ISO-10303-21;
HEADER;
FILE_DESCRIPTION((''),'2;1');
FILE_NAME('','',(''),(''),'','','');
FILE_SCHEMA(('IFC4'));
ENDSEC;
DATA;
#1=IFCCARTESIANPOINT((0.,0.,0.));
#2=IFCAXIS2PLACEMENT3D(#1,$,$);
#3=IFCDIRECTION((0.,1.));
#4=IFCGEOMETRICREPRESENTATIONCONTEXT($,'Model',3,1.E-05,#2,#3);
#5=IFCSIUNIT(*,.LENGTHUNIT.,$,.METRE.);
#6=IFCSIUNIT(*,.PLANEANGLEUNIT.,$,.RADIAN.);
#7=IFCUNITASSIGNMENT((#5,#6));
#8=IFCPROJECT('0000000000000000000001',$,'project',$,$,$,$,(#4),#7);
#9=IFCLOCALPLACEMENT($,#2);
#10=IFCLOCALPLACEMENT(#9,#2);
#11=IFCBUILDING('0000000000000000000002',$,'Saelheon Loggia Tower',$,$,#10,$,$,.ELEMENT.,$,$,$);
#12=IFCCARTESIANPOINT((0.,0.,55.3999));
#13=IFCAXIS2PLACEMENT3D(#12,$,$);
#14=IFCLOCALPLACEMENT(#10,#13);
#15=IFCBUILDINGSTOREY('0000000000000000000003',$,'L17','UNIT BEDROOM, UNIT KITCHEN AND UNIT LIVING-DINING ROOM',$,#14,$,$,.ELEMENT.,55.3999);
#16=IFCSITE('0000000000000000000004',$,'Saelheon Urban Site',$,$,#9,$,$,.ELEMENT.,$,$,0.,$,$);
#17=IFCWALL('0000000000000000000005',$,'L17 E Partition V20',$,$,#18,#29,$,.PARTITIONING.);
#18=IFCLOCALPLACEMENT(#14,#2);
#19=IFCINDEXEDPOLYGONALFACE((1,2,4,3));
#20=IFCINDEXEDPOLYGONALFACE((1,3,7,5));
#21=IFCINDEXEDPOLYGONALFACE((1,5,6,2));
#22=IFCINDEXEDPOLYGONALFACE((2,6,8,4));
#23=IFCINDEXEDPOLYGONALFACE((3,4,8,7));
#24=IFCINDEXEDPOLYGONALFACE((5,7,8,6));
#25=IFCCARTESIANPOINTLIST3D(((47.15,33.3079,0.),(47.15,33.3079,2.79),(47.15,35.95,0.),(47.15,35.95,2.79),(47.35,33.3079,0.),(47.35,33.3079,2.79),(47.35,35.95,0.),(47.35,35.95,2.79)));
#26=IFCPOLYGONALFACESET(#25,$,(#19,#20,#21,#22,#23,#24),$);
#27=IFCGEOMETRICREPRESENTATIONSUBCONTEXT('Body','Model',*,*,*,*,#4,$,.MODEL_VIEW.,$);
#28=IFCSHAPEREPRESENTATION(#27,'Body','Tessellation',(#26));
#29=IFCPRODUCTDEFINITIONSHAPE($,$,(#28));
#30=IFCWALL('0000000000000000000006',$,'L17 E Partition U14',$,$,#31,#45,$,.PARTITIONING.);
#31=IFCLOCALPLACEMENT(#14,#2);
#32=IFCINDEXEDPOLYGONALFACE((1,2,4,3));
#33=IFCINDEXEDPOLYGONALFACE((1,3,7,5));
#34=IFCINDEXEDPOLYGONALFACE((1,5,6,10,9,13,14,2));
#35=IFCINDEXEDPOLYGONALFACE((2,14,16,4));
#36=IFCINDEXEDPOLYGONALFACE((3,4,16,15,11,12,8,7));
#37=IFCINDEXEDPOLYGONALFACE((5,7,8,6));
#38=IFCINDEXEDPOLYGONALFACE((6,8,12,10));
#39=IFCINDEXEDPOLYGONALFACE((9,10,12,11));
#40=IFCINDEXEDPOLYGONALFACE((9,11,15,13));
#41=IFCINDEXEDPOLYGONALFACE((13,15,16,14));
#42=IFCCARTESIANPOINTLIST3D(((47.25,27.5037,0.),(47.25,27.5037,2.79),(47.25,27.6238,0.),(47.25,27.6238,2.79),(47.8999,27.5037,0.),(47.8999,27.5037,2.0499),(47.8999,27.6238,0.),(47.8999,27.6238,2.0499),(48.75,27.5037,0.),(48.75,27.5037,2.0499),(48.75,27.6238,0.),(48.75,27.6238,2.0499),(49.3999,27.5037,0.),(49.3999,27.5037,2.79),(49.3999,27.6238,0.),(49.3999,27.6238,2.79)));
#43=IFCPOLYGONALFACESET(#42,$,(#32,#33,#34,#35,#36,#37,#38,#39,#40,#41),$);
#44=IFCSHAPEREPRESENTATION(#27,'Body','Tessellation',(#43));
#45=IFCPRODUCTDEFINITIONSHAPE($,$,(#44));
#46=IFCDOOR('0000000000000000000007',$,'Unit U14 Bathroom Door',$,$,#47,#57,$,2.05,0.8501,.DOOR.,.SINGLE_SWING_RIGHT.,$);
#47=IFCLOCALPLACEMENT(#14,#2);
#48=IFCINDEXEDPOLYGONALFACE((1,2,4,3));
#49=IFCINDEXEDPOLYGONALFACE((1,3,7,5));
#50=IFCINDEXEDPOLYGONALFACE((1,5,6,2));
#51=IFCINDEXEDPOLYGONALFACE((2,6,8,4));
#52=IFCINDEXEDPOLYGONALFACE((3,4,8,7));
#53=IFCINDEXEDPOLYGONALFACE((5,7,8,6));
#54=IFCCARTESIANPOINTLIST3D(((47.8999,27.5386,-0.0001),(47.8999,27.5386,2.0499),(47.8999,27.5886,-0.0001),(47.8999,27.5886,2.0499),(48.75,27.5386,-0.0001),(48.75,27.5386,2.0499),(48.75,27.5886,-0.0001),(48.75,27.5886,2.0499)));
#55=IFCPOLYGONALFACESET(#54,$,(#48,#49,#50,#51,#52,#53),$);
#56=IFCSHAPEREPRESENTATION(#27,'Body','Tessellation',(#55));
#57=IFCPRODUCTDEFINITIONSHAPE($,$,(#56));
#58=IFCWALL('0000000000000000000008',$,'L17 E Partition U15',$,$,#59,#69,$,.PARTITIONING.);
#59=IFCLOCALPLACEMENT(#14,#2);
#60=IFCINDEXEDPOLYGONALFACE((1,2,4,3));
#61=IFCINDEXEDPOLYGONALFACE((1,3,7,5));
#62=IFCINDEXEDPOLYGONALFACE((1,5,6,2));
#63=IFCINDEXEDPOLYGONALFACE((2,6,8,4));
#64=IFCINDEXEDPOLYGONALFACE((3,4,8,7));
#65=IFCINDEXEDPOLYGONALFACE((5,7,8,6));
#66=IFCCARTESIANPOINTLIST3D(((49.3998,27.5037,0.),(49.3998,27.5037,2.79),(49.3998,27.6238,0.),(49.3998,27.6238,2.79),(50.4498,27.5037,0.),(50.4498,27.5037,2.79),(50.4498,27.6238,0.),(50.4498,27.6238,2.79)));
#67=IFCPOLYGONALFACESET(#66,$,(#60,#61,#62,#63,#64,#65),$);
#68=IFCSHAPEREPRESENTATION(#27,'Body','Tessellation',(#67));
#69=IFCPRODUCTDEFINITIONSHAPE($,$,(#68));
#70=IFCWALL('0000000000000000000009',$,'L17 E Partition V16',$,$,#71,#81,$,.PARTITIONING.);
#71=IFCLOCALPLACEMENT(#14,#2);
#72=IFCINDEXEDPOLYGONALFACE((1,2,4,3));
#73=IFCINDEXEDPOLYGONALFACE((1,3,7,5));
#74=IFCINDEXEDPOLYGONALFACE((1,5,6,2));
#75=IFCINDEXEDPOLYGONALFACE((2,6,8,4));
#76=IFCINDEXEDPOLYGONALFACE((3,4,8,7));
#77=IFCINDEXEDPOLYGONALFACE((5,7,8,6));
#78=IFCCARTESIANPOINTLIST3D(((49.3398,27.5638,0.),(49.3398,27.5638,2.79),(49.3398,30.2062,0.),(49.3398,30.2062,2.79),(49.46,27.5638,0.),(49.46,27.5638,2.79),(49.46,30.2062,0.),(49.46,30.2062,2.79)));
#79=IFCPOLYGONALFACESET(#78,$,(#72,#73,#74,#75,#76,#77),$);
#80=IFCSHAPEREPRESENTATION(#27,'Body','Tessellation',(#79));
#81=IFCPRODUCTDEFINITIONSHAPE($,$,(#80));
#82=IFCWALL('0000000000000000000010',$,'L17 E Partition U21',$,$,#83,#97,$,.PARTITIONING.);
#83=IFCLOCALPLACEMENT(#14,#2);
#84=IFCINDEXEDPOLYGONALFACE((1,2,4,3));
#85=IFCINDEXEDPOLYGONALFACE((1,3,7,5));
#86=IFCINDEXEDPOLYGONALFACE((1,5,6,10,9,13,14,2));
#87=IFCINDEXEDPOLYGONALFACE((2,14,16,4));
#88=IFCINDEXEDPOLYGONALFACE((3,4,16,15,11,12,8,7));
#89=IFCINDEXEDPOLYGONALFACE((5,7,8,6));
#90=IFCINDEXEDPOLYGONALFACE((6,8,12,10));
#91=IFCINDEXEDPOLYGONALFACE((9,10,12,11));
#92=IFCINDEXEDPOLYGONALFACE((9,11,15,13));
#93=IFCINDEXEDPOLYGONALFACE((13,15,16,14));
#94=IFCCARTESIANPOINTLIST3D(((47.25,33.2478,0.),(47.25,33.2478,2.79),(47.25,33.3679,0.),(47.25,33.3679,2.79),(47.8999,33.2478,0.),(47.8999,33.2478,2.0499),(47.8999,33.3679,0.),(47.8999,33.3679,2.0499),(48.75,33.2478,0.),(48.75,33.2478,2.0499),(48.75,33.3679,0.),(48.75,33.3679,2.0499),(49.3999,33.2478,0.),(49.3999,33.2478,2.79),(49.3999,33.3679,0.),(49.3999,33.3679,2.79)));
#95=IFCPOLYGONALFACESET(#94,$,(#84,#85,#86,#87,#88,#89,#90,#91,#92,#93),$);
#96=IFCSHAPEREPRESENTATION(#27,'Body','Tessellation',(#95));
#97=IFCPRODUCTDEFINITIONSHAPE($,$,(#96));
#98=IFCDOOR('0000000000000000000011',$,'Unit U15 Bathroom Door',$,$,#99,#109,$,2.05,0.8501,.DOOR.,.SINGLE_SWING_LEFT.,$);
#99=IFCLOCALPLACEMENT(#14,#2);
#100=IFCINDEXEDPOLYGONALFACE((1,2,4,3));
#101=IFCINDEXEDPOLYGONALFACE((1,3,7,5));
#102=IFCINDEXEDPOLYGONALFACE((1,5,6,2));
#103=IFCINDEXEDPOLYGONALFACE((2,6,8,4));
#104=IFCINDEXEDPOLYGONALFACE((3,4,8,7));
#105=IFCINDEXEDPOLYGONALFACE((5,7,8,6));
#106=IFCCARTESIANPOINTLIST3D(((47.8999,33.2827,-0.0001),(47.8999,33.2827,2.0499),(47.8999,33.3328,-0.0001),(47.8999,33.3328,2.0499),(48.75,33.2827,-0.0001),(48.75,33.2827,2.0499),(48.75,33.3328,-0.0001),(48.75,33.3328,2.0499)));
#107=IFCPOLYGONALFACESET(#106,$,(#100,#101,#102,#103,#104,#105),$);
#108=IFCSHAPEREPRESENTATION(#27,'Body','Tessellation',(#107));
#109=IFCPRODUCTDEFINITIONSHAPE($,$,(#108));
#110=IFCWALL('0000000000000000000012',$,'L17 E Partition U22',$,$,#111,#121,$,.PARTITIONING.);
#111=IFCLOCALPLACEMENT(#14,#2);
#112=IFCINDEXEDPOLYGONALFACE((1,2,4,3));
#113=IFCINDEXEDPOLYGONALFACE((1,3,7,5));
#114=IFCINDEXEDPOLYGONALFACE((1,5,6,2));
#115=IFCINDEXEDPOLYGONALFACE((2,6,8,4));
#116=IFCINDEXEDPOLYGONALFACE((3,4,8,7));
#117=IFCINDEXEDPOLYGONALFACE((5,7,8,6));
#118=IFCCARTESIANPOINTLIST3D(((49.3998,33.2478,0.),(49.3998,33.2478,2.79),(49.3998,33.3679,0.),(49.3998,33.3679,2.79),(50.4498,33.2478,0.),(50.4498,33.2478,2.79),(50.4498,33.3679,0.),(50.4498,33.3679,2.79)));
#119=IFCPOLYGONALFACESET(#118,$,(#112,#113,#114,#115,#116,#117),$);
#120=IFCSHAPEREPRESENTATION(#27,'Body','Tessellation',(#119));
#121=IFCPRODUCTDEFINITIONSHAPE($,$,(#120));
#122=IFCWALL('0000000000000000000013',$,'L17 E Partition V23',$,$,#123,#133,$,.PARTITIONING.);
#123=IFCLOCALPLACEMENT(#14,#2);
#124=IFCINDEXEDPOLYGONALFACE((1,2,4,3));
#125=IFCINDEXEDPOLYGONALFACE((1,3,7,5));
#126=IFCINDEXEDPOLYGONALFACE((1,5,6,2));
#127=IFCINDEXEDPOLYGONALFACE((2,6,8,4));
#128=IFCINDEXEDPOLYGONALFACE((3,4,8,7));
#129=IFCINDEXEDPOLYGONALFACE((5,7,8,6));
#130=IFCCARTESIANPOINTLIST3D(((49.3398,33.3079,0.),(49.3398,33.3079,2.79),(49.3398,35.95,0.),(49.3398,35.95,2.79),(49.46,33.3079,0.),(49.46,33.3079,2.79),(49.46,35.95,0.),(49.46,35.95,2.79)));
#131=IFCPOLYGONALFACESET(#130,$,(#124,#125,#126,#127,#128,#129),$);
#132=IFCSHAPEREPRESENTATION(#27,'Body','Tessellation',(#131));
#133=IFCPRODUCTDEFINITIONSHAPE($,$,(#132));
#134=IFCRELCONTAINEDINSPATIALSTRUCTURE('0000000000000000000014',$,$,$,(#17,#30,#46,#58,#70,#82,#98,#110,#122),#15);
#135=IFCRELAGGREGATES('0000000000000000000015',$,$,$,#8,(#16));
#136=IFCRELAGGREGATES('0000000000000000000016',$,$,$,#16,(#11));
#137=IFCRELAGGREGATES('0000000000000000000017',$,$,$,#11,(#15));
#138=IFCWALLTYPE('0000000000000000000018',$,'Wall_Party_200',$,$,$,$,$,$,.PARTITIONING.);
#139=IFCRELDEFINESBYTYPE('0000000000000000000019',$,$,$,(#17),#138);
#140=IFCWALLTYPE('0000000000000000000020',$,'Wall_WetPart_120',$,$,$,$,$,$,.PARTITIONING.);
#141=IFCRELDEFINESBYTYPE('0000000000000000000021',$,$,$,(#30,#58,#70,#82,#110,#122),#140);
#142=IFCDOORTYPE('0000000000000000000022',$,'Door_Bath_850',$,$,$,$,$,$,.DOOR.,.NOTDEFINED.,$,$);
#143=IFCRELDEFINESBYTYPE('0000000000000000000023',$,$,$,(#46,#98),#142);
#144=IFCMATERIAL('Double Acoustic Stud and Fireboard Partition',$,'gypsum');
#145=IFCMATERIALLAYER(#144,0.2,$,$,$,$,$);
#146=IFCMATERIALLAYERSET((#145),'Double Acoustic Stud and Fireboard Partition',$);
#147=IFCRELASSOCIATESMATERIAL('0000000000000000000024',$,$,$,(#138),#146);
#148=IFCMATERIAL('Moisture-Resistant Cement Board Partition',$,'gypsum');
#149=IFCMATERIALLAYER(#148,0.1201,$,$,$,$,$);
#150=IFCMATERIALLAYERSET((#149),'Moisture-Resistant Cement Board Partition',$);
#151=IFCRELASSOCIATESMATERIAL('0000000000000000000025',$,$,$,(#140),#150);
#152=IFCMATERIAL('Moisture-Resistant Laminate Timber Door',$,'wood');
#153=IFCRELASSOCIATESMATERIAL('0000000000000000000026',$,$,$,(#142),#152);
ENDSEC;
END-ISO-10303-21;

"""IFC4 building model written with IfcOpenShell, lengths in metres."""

from ifc_helpers import new_model, si_unit, direction, frame, frame_2d, origin, place, context, subcontext, project, spatial, rectangle, extrude, source, transform, mapped, material, layer, layer_set, type_object, element, fill, save


model = new_model("IFC4")

# Units and contexts
model_context = context("Model", 3, precision=1e-05, world=origin(), true_north=direction((0.0, 1.0)))
body_context = subcontext(model_context, "Body", "Model", "MODEL_VIEW")
ifc_project = project(units=[si_unit("LENGTHUNIT", "METRE"), si_unit("PLANEANGLEUNIT", "RADIAN")], contexts=[model_context])

# Site, building, storey
site_placement = place(None, origin())
site = spatial("IfcSite", under=ifc_project, at=site_placement, Name="Saelheon Urban Site", CompositionType="ELEMENT", RefElevation=0.0)
building_placement = place(site_placement, origin())
building = spatial("IfcBuilding", under=site, at=building_placement, Name="Saelheon Loggia Tower", CompositionType="ELEMENT")
storey_placement = place(building_placement, frame((0.0, 0.0, 55.3999)))
storey = spatial("IfcBuildingStorey", under=building, at=storey_placement, Name="L17", Description="UNIT BEDROOM, UNIT KITCHEN AND UNIT LIVING-DINING ROOM", CompositionType="ELEMENT", Elevation=55.3999)

# Shared definitions
ifc_material_1 = material(Name="Double Acoustic Stud and Fireboard Partition", Category="gypsum")
ifc_layer_1 = layer(ifc_material_1, 0.2)
ifc_layer_set_1 = layer_set([ifc_layer_1], Name="Double Acoustic Stud and Fireboard Partition")
wall_type_1 = type_object("IfcWallType", Name="Wall_Party_200", PredefinedType="PARTITIONING", material=ifc_layer_set_1)

# Wall
wall_1_placement = place(storey_placement, frame((47.25, 33.3079, 0.0), z_axis=(0.0, 0.0, 1.0), x_axis=(0.0, 1.0, 0.0)))
element("IfcWall", 1, at=wall_1_placement, inside=storey, type_object=wall_type_1, Name="L17 E Partition V20", PredefinedType="PARTITIONING", context=body_context, shape_type="SweptSolid", body=[
    extrude(rectangle(XDim=2.6421, YDim=0.2, at=frame_2d((1.321, 0.0))), origin(), (0.0, 0.0, 1.0), 2.79),
])

# Wall, opening, door
ifc_material_2 = material(Name="Moisture-Resistant Cement Board Partition", Category="gypsum")
ifc_layer_2 = layer(ifc_material_2, 0.1201)
ifc_layer_set_2 = layer_set([ifc_layer_2], Name="Moisture-Resistant Cement Board Partition")
wall_type_2 = type_object("IfcWallType", Name="Wall_WetPart_120", PredefinedType="PARTITIONING", material=ifc_layer_set_2)
wall_2_placement = place(storey_placement, frame((47.25, 27.5637, 0.0), z_axis=(0.0, 0.0, 1.0), x_axis=(1.0, 0.0, 0.0)))
wall_2 = element("IfcWall", 2, at=wall_2_placement, inside=storey, type_object=wall_type_2, Name="L17 E Partition U14", PredefinedType="PARTITIONING", context=body_context, shape_type="SweptSolid", body=[
    extrude(rectangle(XDim=2.1499, YDim=0.1201, at=frame_2d((1.075, 0.0))), origin(), (0.0, 0.0, 1.0), 2.79),
])
opening_1_placement = place(wall_2_placement, frame((0.6499, 0.0, 0.0)))
opening_1 = element("IfcOpeningElement", 3, at=opening_1_placement, cuts=wall_2, PredefinedType="OPENING", context=body_context, shape_type="SweptSolid", body=[
    extrude(rectangle(XDim=0.8501, YDim=2.05, at=frame_2d((0.425, 1.0249))), frame((0.0, 0.072, 0.0), z_axis=(0.0, -1.0, 0.0), x_axis=(1.0, 0.0, 0.0)), (0.0, 0.0, 1.0), 0.144),
])
ifc_material_3 = material(Name="Moisture-Resistant Laminate Timber Door", Category="wood")
door_type_1 = type_object("IfcDoorType", Name="Door_Bath_850", OperationType="NOTDEFINED", PredefinedType="DOOR", material=ifc_material_3)
shared_shape_1 = source(origin(), body_context, "Body", "SweptSolid", [
    extrude(rectangle(XDim=0.8501, YDim=2.05, at=frame_2d((0.425, 1.0249))), frame((0.0, 0.0249, 0.0), z_axis=(0.0, -1.0, 0.0), x_axis=(1.0, 0.0, 0.0)), (0.0, 0.0, 1.0), 0.05),
])
door_1_placement = place(opening_1_placement, origin())
door_1 = element("IfcDoor", 4, at=door_1_placement, inside=storey, type_object=door_type_1, Name="Unit U14 Bathroom Door", OperationType="SINGLE_SWING_RIGHT", OverallHeight=2.05, OverallWidth=0.8501, PredefinedType="DOOR", context=body_context, shape_type="MappedRepresentation", body=[
    mapped(shared_shape_1, transform((0.0, 0.0, 0.0), scale=1.0)),
])
fill(opening_1, door_1)

# Walls
wall_3_placement = place(storey_placement, frame((49.3999, 27.5637, 0.0), z_axis=(0.0, 0.0, 1.0), x_axis=(1.0, 0.0, 0.0)))
element("IfcWall", 5, at=wall_3_placement, inside=storey, type_object=wall_type_2, Name="L17 E Partition U15", PredefinedType="PARTITIONING", context=body_context, shape_type="SweptSolid", body=[
    extrude(rectangle(XDim=1.05, YDim=0.1201, at=frame_2d((0.5249, 0.0))), origin(), (0.0, 0.0, 1.0), 2.79),
])
wall_4_placement = place(storey_placement, frame((49.3999, 27.5637, 0.0), z_axis=(0.0, 0.0, 1.0), x_axis=(0.0, 1.0, 0.0)))
element("IfcWall", 6, at=wall_4_placement, inside=storey, type_object=wall_type_2, Name="L17 E Partition V16", PredefinedType="PARTITIONING", context=body_context, shape_type="SweptSolid", body=[
    extrude(rectangle(XDim=2.6423, YDim=0.1201, at=frame_2d((1.3213, 0.0))), origin(), (0.0, 0.0, 1.0), 2.79),
])

# Wall, opening, door
wall_5_placement = place(storey_placement, frame((47.25, 33.3079, 0.0), z_axis=(0.0, 0.0, 1.0), x_axis=(1.0, 0.0, 0.0)))
wall_5 = element("IfcWall", 7, at=wall_5_placement, inside=storey, type_object=wall_type_2, Name="L17 E Partition U21", PredefinedType="PARTITIONING", context=body_context, shape_type="SweptSolid", body=[
    extrude(rectangle(XDim=2.1499, YDim=0.1201, at=frame_2d((1.075, 0.0))), origin(), (0.0, 0.0, 1.0), 2.79),
])
opening_2_placement = place(wall_5_placement, frame((0.6499, 0.0, 0.0)))
opening_2 = element("IfcOpeningElement", 8, at=opening_2_placement, cuts=wall_5, PredefinedType="OPENING", context=body_context, shape_type="SweptSolid", body=[
    extrude(rectangle(XDim=0.8501, YDim=2.05, at=frame_2d((0.425, 1.0249))), frame((0.0, 0.072, 0.0), z_axis=(0.0, -1.0, 0.0), x_axis=(1.0, 0.0, 0.0)), (0.0, 0.0, 1.0), 0.144),
])
door_2_placement = place(opening_2_placement, origin())
door_2 = element("IfcDoor", 9, at=door_2_placement, inside=storey, type_object=door_type_1, Name="Unit U15 Bathroom Door", OperationType="SINGLE_SWING_LEFT", OverallHeight=2.05, OverallWidth=0.8501, PredefinedType="DOOR", context=body_context, shape_type="MappedRepresentation", body=[
    mapped(shared_shape_1, transform((0.0, 0.0, 0.0), scale=1.0)),
])
fill(opening_2, door_2)

# Walls
wall_6_placement = place(storey_placement, frame((49.3999, 33.3079, 0.0), z_axis=(0.0, 0.0, 1.0), x_axis=(1.0, 0.0, 0.0)))
element("IfcWall", 10, at=wall_6_placement, inside=storey, type_object=wall_type_2, Name="L17 E Partition U22", PredefinedType="PARTITIONING", context=body_context, shape_type="SweptSolid", body=[
    extrude(rectangle(XDim=1.05, YDim=0.1201, at=frame_2d((0.5249, 0.0))), origin(), (0.0, 0.0, 1.0), 2.79),
])
wall_7_placement = place(storey_placement, frame((49.3999, 33.3079, 0.0), z_axis=(0.0, 0.0, 1.0), x_axis=(0.0, 1.0, 0.0)))
element("IfcWall", 11, at=wall_7_placement, inside=storey, type_object=wall_type_2, Name="L17 E Partition V23", PredefinedType="PARTITIONING", context=body_context, shape_type="SweptSolid", body=[
    extrude(rectangle(XDim=2.6421, YDim=0.1201, at=frame_2d((1.321, 0.0))), origin(), (0.0, 0.0, 1.0), 2.79),
])

save(model, "model.ifc")
